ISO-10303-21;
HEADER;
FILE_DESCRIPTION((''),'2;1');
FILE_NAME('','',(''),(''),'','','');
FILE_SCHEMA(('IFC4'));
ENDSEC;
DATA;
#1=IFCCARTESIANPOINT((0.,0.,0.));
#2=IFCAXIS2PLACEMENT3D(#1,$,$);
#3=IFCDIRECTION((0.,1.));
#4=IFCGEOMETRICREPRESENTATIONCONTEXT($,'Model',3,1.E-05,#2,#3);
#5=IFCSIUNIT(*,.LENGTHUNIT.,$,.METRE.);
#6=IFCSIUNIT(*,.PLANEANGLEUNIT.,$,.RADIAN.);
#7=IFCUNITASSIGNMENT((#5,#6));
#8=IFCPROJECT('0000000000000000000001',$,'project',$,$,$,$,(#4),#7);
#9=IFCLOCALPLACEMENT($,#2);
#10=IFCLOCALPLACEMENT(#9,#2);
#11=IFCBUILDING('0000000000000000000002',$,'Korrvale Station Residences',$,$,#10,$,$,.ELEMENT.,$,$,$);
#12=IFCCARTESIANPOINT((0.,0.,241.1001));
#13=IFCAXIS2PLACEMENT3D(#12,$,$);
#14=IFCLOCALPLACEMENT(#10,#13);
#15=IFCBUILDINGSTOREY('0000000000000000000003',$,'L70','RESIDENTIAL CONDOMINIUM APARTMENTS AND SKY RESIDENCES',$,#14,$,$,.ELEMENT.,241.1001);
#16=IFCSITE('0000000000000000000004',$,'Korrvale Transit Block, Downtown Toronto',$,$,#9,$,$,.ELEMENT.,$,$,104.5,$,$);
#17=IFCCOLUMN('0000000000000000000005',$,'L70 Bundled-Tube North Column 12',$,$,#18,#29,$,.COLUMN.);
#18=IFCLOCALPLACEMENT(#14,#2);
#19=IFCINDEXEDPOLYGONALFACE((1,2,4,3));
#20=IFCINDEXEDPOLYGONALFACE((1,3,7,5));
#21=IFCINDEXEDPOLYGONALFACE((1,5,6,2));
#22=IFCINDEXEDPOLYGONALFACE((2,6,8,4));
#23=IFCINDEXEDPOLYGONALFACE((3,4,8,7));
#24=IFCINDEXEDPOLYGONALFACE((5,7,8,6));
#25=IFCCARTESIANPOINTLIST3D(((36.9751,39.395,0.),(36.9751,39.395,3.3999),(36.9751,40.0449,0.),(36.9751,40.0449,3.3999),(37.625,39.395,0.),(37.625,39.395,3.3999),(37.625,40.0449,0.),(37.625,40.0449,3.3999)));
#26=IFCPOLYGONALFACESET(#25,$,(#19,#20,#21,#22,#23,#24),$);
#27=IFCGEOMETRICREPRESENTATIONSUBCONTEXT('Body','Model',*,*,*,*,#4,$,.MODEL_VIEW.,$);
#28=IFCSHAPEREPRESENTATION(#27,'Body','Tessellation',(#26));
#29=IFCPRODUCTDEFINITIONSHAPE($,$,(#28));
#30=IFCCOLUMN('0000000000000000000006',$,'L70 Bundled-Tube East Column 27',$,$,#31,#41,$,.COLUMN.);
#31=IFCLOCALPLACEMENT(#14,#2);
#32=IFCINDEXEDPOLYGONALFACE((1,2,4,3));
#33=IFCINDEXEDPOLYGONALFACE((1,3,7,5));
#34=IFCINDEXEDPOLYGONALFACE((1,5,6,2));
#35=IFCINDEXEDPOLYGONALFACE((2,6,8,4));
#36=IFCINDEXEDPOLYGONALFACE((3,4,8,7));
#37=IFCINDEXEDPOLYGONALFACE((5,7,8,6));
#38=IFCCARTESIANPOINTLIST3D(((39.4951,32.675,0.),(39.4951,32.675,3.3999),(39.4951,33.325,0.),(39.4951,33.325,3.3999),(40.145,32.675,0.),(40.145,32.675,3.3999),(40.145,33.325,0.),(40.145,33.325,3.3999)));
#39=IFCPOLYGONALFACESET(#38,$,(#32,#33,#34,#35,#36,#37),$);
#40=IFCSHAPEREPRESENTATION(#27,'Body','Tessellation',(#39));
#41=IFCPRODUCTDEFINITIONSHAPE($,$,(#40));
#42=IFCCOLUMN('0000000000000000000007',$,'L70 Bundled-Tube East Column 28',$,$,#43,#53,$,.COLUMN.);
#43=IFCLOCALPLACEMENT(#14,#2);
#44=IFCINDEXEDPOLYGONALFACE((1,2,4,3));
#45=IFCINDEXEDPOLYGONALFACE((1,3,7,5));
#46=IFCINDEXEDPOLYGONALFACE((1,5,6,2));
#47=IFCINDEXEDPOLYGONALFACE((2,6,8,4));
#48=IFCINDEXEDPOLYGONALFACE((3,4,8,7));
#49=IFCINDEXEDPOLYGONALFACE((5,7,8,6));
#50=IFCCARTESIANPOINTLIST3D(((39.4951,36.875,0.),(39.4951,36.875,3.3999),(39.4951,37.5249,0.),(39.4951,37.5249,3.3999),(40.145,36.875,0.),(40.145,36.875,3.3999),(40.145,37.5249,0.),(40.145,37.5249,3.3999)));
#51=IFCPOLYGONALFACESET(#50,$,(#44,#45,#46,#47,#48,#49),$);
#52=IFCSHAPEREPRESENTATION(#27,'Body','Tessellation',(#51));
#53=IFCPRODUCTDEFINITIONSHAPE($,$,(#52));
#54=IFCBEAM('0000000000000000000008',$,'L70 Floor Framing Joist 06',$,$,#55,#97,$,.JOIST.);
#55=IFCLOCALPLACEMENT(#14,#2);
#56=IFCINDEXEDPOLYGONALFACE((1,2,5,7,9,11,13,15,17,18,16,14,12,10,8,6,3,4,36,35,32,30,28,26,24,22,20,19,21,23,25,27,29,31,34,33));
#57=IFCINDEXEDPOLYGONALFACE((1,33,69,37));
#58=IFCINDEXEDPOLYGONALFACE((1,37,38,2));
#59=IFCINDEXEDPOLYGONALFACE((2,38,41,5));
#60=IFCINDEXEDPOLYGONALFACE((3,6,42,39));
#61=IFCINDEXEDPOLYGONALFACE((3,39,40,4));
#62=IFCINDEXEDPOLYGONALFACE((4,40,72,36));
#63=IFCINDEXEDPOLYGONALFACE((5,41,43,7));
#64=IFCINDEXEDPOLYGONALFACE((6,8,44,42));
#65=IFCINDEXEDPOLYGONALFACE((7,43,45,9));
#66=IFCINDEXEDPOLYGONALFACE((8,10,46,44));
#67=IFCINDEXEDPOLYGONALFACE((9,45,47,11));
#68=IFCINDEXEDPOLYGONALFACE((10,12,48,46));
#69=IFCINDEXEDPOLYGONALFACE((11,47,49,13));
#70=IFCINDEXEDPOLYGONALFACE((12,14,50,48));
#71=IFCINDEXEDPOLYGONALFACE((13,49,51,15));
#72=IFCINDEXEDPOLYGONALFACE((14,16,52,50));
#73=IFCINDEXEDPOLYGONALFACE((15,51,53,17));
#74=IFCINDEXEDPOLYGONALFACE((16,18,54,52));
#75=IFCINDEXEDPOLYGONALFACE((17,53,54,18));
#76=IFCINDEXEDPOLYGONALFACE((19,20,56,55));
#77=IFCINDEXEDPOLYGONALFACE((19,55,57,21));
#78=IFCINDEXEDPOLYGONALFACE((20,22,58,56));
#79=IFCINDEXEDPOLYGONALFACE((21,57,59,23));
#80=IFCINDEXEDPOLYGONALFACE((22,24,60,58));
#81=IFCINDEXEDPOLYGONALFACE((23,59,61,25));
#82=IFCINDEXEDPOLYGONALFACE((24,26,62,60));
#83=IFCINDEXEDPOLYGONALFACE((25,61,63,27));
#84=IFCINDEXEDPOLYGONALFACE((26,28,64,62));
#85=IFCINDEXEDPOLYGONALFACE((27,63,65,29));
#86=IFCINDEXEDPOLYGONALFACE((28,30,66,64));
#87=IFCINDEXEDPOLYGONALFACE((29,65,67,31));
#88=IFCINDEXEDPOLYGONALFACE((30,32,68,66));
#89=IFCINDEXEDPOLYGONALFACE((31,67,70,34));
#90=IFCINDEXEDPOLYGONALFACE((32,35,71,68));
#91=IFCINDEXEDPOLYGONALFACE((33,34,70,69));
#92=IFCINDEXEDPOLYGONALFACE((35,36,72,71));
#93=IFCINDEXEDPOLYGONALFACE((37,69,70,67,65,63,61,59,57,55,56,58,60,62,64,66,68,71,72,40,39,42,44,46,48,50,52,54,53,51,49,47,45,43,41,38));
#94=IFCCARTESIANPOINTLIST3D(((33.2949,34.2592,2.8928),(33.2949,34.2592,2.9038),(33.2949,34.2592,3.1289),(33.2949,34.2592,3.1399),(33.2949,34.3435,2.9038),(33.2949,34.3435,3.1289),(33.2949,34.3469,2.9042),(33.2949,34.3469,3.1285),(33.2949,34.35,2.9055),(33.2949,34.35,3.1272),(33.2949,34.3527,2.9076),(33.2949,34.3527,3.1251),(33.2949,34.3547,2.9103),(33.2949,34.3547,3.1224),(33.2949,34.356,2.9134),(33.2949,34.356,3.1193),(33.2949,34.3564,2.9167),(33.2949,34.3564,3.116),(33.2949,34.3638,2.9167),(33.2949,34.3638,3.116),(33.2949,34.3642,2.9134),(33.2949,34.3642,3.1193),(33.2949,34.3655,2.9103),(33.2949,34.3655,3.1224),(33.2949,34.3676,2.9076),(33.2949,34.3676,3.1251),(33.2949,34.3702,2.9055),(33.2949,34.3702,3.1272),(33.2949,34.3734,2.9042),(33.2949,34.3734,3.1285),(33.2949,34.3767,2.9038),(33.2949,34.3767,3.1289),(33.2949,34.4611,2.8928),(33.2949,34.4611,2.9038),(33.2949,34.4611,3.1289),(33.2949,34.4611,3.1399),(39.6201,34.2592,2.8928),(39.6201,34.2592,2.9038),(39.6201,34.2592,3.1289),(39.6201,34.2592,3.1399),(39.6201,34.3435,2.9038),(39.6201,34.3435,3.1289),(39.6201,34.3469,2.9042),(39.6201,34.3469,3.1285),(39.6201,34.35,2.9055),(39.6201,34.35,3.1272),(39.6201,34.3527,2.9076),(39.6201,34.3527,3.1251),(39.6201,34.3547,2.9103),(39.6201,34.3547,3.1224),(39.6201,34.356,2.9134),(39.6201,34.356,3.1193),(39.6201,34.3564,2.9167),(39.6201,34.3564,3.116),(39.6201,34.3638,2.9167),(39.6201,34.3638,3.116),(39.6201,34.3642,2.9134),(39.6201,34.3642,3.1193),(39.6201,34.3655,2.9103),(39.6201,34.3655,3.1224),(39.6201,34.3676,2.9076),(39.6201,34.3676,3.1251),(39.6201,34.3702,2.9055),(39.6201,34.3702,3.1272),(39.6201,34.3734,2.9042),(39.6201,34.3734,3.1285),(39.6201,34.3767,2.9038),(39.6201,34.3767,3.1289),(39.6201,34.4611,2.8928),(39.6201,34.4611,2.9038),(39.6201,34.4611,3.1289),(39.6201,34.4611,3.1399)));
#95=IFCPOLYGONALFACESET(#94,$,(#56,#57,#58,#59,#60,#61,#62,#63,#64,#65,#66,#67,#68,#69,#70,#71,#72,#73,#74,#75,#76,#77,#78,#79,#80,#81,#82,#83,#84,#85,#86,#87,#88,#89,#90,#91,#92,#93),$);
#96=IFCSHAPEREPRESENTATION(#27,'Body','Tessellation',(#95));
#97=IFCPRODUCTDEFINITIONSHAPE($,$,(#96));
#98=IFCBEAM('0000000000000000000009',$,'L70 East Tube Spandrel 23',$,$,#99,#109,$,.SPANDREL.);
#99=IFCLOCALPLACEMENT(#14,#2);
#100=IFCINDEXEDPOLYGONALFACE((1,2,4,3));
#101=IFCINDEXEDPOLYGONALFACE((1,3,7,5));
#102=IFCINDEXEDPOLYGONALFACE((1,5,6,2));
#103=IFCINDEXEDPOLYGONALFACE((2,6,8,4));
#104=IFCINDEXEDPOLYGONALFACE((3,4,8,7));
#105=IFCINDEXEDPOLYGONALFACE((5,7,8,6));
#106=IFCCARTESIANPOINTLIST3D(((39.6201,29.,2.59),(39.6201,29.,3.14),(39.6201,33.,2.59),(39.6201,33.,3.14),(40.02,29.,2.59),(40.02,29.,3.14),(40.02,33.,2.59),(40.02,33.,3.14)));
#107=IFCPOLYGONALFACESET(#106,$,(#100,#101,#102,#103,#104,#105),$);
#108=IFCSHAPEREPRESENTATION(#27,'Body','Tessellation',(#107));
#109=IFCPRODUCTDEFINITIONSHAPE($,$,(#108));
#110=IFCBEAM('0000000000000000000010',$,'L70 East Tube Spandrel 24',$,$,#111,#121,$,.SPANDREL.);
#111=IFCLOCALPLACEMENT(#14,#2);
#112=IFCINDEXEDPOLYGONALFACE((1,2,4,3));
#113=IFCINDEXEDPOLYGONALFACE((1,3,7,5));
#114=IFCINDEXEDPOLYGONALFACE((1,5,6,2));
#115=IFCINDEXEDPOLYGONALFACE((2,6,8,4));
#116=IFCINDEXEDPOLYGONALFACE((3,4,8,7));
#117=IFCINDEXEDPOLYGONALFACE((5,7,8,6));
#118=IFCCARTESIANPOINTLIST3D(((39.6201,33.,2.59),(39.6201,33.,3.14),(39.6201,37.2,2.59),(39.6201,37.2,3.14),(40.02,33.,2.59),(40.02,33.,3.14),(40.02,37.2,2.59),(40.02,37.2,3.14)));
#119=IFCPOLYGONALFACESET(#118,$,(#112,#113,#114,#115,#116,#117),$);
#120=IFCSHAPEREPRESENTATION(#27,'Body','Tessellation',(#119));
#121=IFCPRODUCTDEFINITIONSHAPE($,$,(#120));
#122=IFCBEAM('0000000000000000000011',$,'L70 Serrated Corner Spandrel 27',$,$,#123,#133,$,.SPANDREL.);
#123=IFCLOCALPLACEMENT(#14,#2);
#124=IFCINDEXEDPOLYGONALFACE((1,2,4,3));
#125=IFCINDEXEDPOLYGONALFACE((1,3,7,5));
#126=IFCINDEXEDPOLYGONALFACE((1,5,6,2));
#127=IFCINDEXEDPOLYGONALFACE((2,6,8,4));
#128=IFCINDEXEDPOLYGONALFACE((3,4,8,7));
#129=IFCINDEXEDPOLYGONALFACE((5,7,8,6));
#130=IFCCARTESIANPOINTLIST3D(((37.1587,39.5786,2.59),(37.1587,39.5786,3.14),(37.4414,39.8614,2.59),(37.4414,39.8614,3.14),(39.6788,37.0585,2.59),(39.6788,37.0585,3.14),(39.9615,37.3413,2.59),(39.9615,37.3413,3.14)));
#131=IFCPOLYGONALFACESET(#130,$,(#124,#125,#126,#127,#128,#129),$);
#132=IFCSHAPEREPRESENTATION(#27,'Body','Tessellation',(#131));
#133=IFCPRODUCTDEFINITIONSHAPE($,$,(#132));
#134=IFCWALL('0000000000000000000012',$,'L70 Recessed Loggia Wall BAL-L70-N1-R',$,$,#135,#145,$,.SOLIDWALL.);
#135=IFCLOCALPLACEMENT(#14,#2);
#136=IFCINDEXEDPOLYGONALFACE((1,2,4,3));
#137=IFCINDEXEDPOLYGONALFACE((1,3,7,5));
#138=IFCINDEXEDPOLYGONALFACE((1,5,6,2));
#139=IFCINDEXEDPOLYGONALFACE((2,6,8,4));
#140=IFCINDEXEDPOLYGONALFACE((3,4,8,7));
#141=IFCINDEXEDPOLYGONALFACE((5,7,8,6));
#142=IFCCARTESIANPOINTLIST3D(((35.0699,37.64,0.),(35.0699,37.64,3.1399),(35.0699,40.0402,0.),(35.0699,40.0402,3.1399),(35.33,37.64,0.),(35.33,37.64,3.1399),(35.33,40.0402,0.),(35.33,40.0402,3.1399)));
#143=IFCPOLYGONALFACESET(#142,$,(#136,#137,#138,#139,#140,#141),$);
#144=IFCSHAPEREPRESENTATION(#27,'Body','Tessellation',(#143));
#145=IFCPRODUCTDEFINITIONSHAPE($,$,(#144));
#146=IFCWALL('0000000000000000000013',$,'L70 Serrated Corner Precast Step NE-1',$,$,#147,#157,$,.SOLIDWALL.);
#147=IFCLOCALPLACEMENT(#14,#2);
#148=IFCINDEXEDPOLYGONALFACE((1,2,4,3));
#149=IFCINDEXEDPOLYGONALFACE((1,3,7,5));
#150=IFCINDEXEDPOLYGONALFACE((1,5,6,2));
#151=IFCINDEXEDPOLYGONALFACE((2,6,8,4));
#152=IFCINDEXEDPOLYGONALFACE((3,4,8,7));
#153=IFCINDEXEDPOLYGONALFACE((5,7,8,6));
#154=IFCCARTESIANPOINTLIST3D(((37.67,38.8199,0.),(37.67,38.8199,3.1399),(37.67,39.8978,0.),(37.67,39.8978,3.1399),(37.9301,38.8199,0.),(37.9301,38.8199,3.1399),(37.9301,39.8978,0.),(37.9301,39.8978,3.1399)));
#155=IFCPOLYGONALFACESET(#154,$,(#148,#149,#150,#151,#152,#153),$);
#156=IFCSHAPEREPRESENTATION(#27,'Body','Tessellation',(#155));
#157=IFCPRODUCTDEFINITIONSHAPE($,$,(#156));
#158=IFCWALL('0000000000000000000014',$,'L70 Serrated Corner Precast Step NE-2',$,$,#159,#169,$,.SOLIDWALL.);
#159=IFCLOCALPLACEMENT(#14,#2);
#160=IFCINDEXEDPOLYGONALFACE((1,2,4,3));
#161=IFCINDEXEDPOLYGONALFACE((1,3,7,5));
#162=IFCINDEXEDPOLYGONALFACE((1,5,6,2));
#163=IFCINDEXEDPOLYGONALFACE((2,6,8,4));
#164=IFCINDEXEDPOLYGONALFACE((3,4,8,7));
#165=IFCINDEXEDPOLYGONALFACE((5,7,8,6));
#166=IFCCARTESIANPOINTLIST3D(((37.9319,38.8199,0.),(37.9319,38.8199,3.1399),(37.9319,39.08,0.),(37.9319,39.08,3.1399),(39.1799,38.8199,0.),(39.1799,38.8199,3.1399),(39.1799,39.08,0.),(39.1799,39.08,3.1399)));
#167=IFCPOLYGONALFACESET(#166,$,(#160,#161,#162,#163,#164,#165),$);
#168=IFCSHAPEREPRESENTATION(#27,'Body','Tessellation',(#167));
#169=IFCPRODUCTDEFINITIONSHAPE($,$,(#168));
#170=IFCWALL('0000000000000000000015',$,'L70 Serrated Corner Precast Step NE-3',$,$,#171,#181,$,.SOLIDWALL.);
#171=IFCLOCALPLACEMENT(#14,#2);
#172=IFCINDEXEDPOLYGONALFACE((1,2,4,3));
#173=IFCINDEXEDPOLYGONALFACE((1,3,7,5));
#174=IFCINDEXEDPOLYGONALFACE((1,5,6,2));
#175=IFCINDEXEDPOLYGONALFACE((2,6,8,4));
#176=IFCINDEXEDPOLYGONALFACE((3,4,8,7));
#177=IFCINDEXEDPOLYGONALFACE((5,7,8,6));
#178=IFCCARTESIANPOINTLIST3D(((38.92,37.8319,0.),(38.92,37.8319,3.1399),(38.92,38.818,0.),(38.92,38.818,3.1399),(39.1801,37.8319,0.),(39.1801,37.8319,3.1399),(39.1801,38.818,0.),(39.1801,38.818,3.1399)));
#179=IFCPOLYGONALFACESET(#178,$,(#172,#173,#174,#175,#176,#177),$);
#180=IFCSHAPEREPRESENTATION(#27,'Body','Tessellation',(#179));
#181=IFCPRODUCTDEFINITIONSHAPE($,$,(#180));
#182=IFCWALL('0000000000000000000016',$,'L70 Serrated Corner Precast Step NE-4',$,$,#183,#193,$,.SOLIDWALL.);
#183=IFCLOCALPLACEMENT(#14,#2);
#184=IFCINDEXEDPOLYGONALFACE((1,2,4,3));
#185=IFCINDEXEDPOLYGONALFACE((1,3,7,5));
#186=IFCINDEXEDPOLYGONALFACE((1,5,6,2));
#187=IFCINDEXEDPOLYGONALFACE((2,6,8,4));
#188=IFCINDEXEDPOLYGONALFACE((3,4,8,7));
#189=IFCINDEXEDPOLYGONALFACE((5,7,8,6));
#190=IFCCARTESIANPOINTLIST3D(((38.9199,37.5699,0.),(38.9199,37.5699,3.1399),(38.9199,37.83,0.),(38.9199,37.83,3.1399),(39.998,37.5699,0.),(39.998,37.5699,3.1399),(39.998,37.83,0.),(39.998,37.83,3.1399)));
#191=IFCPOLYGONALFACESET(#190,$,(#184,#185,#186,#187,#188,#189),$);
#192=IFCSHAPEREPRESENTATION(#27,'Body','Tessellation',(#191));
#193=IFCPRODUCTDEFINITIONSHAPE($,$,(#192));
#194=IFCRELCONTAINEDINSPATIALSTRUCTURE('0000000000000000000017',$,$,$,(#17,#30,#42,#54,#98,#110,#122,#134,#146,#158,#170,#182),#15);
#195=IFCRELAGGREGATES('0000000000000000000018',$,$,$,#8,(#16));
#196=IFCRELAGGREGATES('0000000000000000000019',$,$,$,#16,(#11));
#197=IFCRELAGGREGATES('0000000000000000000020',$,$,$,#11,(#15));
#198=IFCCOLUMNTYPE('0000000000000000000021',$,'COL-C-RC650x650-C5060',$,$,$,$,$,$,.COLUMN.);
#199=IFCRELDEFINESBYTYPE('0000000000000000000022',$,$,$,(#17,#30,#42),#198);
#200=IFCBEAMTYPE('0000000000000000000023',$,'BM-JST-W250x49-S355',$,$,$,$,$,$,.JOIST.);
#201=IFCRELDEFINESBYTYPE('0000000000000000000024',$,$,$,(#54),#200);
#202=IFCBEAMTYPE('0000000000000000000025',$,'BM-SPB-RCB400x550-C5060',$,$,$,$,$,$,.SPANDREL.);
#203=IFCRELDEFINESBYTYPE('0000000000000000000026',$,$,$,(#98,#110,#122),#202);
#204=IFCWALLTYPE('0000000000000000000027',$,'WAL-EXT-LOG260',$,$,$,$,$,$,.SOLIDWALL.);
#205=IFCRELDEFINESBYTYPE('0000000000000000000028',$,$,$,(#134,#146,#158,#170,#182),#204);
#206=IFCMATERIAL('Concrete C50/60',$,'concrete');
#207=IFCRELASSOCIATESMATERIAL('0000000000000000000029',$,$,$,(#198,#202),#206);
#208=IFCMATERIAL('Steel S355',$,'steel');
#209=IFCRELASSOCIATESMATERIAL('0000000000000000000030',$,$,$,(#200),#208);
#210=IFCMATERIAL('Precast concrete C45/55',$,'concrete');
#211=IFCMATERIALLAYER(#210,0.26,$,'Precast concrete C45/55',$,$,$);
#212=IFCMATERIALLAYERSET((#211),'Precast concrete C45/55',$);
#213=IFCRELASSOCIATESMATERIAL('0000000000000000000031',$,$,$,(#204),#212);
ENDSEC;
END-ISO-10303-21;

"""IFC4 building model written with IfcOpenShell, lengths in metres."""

from ifc_helpers import new_model, si_unit, direction, frame, frame_2d, origin, origin_2d, place, context, subcontext, project, spatial, rectangle, i_section, extrude, material, layer, layer_set, material_profile, profile_set, type_object, element, save


model = new_model("IFC4")

# Units and contexts
model_context = context("Model", 3, precision=1e-05, world=origin(), true_north=direction((0.0, 1.0)))
body_context = subcontext(model_context, "Body", "Model", "MODEL_VIEW")
ifc_project = project(units=[si_unit("LENGTHUNIT", "METRE"), si_unit("PLANEANGLEUNIT", "RADIAN")], contexts=[model_context])

# Site, building, storey
site_placement = place(None, origin())
site = spatial("IfcSite", under=ifc_project, at=site_placement, Name="Korrvale Transit Block, Downtown Toronto", CompositionType="ELEMENT", RefElevation=104.5)
building_placement = place(site_placement, origin())
building = spatial("IfcBuilding", under=site, at=building_placement, Name="Korrvale Station Residences", CompositionType="ELEMENT")
storey_placement = place(building_placement, frame((0.0, 0.0, 241.1001)))
storey = spatial("IfcBuildingStorey", under=building, at=storey_placement, Name="L70", Description="RESIDENTIAL CONDOMINIUM APARTMENTS AND SKY RESIDENCES", CompositionType="ELEMENT", Elevation=241.1001)

# Columns
ifc_material_1 = material(Name="Concrete C50/60", Category="concrete")
ifc_material_profile_1 = material_profile(ifc_material_1, rectangle(XDim=0.6499, YDim=0.6499, at=origin_2d()), Name="RC650x650")
ifc_profile_set_1 = profile_set([ifc_material_profile_1], Name="Concrete C50/60")
column_type = type_object("IfcColumnType", Name="COL-C-RC650x650-C5060", PredefinedType="COLUMN", material=ifc_profile_set_1)
for number, where, z_axis, x_axis, name in (
    (1, (37.3, 39.72, 0.0), (0.0, 0.0, 1.0), (1.0, 0.0, 0.0), "L70 Bundled-Tube North Column 12"),
    (2, (39.8201, 33.0, 0.0), (0.0, 0.0, 1.0), (1.0, 0.0, 0.0), "L70 Bundled-Tube East Column 27"),
    (3, (39.8201, 37.2, 0.0), (0.0, 0.0, 1.0), (1.0, 0.0, 0.0), "L70 Bundled-Tube East Column 28"),
):
    element("IfcColumn", number, at=place(storey_placement, frame(where, z_axis=z_axis, x_axis=x_axis)), inside=storey, type_object=column_type, Name=name, PredefinedType="COLUMN", context=body_context, shape_type="SweptSolid", body=[
        extrude(rectangle(XDim=0.6499, YDim=0.6499, at=origin_2d()), origin(), (0.0, 0.0, 1.0), 3.3999),
    ])

# Beams
ifc_material_2 = material(Name="Steel S355", Category="steel")
ifc_material_profile_2 = material_profile(ifc_material_2, i_section(OverallWidth=0.2019, OverallDepth=0.2471, WebThickness=0.0073, FlangeThickness=0.011, FilletRadius=0.0129, at=origin_2d()), Name="W250x49")
ifc_profile_set_2 = profile_set([ifc_material_profile_2], Name="Steel S355")
beam_type_1 = type_object("IfcBeamType", Name="BM-JST-W250x49-S355", PredefinedType="JOIST", material=ifc_profile_set_2)
beam_1_placement = place(storey_placement, frame((33.2949, 34.3601, 3.0164), z_axis=(1.0, 0.0, 0.0), x_axis=(0.0, 1.0, 0.0)))
element("IfcBeam", 4, at=beam_1_placement, inside=storey, type_object=beam_type_1, Name="L70 Floor Framing Joist 06", PredefinedType="JOIST", context=body_context, shape_type="SweptSolid", body=[
    extrude(i_section(OverallWidth=0.2019, OverallDepth=0.2471, WebThickness=0.0073, FlangeThickness=0.011, FilletRadius=0.0129, at=origin_2d()), origin(), (0.0, 0.0, 1.0), 6.3252),
])
ifc_material_profile_3 = material_profile(ifc_material_1, rectangle(XDim=0.3999, YDim=0.55, at=origin_2d()), Name="RCB400x550")
ifc_profile_set_3 = profile_set([ifc_material_profile_3], Name="Concrete C50/60")
beam_type_2 = type_object("IfcBeamType", Name="BM-SPB-RCB400x550-C5060", PredefinedType="SPANDREL", material=ifc_profile_set_3)
beam_2_placement = place(storey_placement, frame((39.8201, 29.0, 2.865), z_axis=(0.0, 1.0, 0.0), x_axis=(-1.0, 0.0, 0.0)))
element("IfcBeam", 5, at=beam_2_placement, inside=storey, type_object=beam_type_2, Name="L70 East Tube Spandrel 23", PredefinedType="SPANDREL", context=body_context, shape_type="SweptSolid", body=[
    extrude(rectangle(XDim=0.3999, YDim=0.55, at=origin_2d()), origin(), (0.0, 0.0, 1.0), 4.0),
])
beam_3_placement = place(storey_placement, frame((39.8201, 33.0, 2.865), z_axis=(0.0, 1.0, 0.0), x_axis=(-1.0, 0.0, 0.0)))
element("IfcBeam", 6, at=beam_3_placement, inside=storey, type_object=beam_type_2, Name="L70 East Tube Spandrel 24", PredefinedType="SPANDREL", context=body_context, shape_type="SweptSolid", body=[
    extrude(rectangle(XDim=0.3999, YDim=0.55, at=origin_2d()), origin(), (0.0, 0.0, 1.0), 4.2),
])
beam_4_placement = place(storey_placement, frame((37.3, 39.72, 2.865), z_axis=(0.707107, -0.707107, 0.0), x_axis=(0.707107, 0.707107, 0.0)))
element("IfcBeam", 7, at=beam_4_placement, inside=storey, type_object=beam_type_2, Name="L70 Serrated Corner Spandrel 27", PredefinedType="SPANDREL", context=body_context, shape_type="SweptSolid", body=[
    extrude(rectangle(XDim=0.3999, YDim=0.55, at=origin_2d()), origin(), (0.0, 0.0, 1.0), 3.564),
])

# Walls
ifc_material_3 = material(Name="Precast concrete C45/55", Category="concrete")
ifc_layer_1 = layer(ifc_material_3, 0.26, Name="Precast concrete C45/55")
ifc_layer_set_1 = layer_set([ifc_layer_1], Name="Precast concrete C45/55")
wall_type_1 = type_object("IfcWallType", Name="WAL-EXT-LOG260", PredefinedType="SOLIDWALL", material=ifc_layer_set_1)
wall_1_placement = place(storey_placement, frame((35.2, 37.6399, 0.0), z_axis=(0.0, 0.0, 1.0), x_axis=(0.0, 1.0, 0.0)))
element("IfcWall", 8, at=wall_1_placement, inside=storey, type_object=wall_type_1, Name="L70 Recessed Loggia Wall BAL-L70-N1-R", PredefinedType="SOLIDWALL", context=body_context, shape_type="SweptSolid", body=[
    extrude(rectangle(XDim=2.4001, YDim=0.26, at=frame_2d((1.2002, 0.0))), origin(), (0.0, 0.0, 1.0), 3.1399),
])
wall_2_placement = place(storey_placement, frame((37.8, 39.8979, 0.0), z_axis=(0.0, 0.0, 1.0), x_axis=(0.0, -1.0, 0.0)))
element("IfcWall", 9, at=wall_2_placement, inside=storey, type_object=wall_type_1, Name="L70 Serrated Corner Precast Step NE-1", PredefinedType="SOLIDWALL", context=body_context, shape_type="SweptSolid", body=[
    extrude(rectangle(XDim=1.0779, YDim=0.26, at=frame_2d((0.5391, 0.0))), origin(), (0.0, 0.0, 1.0), 3.1399),
])
wall_3_placement = place(storey_placement, frame((37.9319, 38.95, 0.0), z_axis=(0.0, 0.0, 1.0), x_axis=(1.0, 0.0, 0.0)))
element("IfcWall", 10, at=wall_3_placement, inside=storey, type_object=wall_type_1, Name="L70 Serrated Corner Precast Step NE-2", PredefinedType="SOLIDWALL", context=body_context, shape_type="SweptSolid", body=[
    extrude(rectangle(XDim=1.248, YDim=0.26, at=frame_2d((0.624, 0.0))), origin(), (0.0, 0.0, 1.0), 3.1399),
])
wall_4_placement = place(storey_placement, frame((39.05, 38.8181, 0.0), z_axis=(0.0, 0.0, 1.0), x_axis=(0.0, -1.0, 0.0)))
element("IfcWall", 11, at=wall_4_placement, inside=storey, type_object=wall_type_1, Name="L70 Serrated Corner Precast Step NE-3", PredefinedType="SOLIDWALL", context=body_context, shape_type="SweptSolid", body=[
    extrude(rectangle(XDim=0.9861, YDim=0.26, at=frame_2d((0.4932, 0.0))), origin(), (0.0, 0.0, 1.0), 3.1399),
])
wall_5_placement = place(storey_placement, frame((38.9199, 37.7, 0.0), z_axis=(0.0, 0.0, 1.0), x_axis=(1.0, 0.0, 0.0)))
element("IfcWall", 12, at=wall_5_placement, inside=storey, type_object=wall_type_1, Name="L70 Serrated Corner Precast Step NE-4", PredefinedType="SOLIDWALL", context=body_context, shape_type="SweptSolid", body=[
    extrude(rectangle(XDim=1.0781, YDim=0.26, at=frame_2d((0.5391, 0.0))), origin(), (0.0, 0.0, 1.0), 3.1399),
])

save(model, "model.ifc")
